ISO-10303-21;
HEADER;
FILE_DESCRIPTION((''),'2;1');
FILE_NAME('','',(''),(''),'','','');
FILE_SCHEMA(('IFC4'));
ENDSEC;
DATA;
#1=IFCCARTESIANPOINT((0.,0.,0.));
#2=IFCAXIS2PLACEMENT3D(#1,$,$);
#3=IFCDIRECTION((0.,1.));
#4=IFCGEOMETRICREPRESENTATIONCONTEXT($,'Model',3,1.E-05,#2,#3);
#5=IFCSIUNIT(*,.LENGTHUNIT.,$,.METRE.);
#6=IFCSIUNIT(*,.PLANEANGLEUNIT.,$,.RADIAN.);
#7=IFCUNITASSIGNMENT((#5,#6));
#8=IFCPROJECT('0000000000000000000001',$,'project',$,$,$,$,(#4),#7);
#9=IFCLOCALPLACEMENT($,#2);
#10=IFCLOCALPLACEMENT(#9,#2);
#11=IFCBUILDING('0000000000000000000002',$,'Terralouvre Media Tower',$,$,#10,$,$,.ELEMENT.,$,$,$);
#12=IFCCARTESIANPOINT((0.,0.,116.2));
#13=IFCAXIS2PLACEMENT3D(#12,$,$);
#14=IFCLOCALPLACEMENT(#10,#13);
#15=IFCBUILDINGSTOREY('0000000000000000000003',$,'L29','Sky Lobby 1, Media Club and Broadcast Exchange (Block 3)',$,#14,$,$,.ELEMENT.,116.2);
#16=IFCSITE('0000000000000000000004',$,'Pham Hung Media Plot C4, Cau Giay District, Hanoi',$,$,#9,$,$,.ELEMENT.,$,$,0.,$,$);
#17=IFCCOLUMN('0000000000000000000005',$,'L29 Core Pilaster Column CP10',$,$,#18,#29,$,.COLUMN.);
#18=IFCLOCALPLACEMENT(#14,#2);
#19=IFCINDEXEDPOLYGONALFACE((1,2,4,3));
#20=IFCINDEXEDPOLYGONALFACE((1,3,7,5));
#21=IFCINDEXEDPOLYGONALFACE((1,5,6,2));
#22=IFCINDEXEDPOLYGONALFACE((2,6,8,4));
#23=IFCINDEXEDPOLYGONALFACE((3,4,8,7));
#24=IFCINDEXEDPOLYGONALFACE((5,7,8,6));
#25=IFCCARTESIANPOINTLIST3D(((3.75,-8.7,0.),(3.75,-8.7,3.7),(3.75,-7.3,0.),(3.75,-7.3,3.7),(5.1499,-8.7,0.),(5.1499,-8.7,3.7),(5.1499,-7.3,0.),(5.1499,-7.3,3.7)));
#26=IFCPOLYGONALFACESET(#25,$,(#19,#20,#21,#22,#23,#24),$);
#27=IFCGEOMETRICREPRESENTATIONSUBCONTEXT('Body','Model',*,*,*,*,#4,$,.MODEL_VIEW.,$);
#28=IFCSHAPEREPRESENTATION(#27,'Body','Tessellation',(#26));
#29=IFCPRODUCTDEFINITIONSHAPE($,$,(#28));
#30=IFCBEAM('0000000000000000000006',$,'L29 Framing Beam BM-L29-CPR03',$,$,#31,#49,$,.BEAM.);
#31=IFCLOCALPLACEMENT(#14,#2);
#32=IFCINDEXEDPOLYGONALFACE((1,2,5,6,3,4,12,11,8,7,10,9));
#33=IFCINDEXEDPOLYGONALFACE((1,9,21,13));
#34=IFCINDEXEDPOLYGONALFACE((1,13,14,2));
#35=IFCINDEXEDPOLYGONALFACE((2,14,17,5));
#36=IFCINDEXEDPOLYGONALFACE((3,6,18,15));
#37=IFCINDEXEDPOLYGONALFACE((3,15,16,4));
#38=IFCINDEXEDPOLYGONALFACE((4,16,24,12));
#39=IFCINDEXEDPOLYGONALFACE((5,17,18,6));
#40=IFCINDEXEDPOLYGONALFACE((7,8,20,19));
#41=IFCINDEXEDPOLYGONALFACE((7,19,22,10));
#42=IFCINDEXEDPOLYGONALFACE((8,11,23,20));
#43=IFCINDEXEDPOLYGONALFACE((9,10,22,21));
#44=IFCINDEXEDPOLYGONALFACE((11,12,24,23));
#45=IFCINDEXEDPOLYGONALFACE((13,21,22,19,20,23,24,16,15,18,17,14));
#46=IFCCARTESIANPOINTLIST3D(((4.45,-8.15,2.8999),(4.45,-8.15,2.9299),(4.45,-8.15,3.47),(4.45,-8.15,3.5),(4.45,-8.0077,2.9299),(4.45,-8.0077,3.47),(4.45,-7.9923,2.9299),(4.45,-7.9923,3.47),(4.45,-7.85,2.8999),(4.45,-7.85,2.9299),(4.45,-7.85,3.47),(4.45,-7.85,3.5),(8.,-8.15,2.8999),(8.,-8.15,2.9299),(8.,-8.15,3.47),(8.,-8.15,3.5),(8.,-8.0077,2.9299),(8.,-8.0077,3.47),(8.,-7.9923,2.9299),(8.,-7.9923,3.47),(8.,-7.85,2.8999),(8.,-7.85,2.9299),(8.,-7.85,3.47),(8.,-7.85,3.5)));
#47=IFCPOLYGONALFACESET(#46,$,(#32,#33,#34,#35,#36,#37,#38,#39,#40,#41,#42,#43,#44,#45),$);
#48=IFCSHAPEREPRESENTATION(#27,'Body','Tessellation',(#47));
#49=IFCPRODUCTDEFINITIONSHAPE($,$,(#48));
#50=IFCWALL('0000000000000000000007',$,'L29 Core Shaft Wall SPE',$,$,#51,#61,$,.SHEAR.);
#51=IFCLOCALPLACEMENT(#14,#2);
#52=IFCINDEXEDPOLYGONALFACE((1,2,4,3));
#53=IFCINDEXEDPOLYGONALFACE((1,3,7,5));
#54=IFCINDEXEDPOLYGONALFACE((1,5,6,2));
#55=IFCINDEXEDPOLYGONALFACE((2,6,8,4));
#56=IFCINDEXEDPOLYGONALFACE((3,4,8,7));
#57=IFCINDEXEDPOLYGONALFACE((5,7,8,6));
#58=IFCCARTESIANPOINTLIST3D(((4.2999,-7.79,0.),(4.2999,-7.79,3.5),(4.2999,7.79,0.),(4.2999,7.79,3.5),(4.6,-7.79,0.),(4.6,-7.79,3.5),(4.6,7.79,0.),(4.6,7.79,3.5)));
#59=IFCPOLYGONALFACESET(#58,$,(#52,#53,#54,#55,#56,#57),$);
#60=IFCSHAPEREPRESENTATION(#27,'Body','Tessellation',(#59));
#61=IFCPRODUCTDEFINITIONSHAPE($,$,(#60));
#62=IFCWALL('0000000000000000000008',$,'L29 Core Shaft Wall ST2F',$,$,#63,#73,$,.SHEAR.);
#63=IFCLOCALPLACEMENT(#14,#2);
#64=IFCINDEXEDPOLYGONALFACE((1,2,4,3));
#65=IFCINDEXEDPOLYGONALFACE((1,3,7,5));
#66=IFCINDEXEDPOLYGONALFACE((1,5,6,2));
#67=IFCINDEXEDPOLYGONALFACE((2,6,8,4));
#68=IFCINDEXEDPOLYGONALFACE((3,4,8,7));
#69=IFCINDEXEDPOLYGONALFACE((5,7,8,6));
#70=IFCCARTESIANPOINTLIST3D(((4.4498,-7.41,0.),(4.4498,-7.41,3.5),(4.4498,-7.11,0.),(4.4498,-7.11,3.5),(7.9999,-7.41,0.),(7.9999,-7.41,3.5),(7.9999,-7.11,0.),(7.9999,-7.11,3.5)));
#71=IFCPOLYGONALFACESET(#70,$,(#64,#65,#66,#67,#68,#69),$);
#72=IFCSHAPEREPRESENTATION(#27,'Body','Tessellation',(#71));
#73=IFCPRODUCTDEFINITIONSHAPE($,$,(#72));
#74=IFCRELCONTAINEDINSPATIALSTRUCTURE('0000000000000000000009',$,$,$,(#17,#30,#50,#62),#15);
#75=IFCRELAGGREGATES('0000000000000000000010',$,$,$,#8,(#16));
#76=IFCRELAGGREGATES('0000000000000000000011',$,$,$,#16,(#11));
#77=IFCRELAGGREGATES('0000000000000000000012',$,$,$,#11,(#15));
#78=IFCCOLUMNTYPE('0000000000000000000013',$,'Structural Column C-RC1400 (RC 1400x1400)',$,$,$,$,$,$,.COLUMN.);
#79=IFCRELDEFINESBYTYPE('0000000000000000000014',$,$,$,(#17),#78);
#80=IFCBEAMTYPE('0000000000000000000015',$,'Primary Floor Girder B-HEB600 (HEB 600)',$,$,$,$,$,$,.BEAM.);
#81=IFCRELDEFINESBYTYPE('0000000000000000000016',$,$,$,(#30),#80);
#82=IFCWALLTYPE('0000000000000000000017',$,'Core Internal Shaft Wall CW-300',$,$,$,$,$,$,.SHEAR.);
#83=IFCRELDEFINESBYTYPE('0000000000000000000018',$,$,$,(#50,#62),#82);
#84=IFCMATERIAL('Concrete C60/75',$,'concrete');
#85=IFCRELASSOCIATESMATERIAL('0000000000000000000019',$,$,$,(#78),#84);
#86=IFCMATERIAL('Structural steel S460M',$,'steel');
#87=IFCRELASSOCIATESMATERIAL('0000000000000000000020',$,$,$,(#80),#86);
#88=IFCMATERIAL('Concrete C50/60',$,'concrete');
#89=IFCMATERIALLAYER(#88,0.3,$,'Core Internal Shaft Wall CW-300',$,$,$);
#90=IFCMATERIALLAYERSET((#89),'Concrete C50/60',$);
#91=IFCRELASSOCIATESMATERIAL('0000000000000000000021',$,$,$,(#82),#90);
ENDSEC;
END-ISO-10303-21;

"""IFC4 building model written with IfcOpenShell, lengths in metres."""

from ifc_helpers import new_model, si_unit, direction, frame, frame_2d, origin, origin_2d, place, context, subcontext, project, spatial, rectangle, i_section, extrude, material, layer, layer_set, material_profile, profile_set, type_object, element, save


model = new_model("IFC4")

# Units and contexts
model_context = context("Model", 3, precision=1e-05, world=origin(), true_north=direction((0.0, 1.0)))
body_context = subcontext(model_context, "Body", "Model", "MODEL_VIEW")
ifc_project = project(units=[si_unit("LENGTHUNIT", "METRE"), si_unit("PLANEANGLEUNIT", "RADIAN")], contexts=[model_context])

# Site, building, storey
site_placement = place(None, origin())
site = spatial("IfcSite", under=ifc_project, at=site_placement, Name="Pham Hung Media Plot C4, Cau Giay District, Hanoi", CompositionType="ELEMENT", RefElevation=0.0)
building_placement = place(site_placement, origin())
building = spatial("IfcBuilding", under=site, at=building_placement, Name="Terralouvre Media Tower", CompositionType="ELEMENT")
storey_placement = place(building_placement, frame((0.0, 0.0, 116.2)))
storey = spatial("IfcBuildingStorey", under=building, at=storey_placement, Name="L29", Description="Sky Lobby 1, Media Club and Broadcast Exchange (Block 3)", CompositionType="ELEMENT", Elevation=116.2)

# Column
ifc_material_1 = material(Name="Concrete C60/75", Category="concrete")
ifc_material_profile_1 = material_profile(ifc_material_1, rectangle(XDim=1.3999, YDim=1.3999, at=origin_2d()), Name="RC 1400x1400")
ifc_profile_set_1 = profile_set([ifc_material_profile_1], Name="Concrete C60/75")
column_type = type_object("IfcColumnType", Name="Structural Column C-RC1400 (RC 1400x1400)", PredefinedType="COLUMN", material=ifc_profile_set_1)
column_placement = place(storey_placement, frame((4.45, -8.0, 0.0), z_axis=(0.0, 0.0, 1.0), x_axis=(1.0, 0.0, 0.0)))
element("IfcColumn", 1, at=column_placement, inside=storey, type_object=column_type, Name="L29 Core Pilaster Column CP10", PredefinedType="COLUMN", context=body_context, shape_type="SweptSolid", body=[
    extrude(rectangle(XDim=1.3999, YDim=1.3999, at=origin_2d()), origin(), (0.0, 0.0, 1.0), 3.7),
])

# Beam
ifc_material_2 = material(Name="Structural steel S460M", Category="steel")
ifc_material_profile_2 = material_profile(ifc_material_2, i_section(OverallWidth=0.3, OverallDepth=0.6001, WebThickness=0.0154, FlangeThickness=0.03, at=origin_2d()), Name="HEB 600")
ifc_profile_set_2 = profile_set([ifc_material_profile_2], Name="Structural steel S460M")
beam_type = type_object("IfcBeamType", Name="Primary Floor Girder B-HEB600 (HEB 600)", PredefinedType="BEAM", material=ifc_profile_set_2)
beam_placement = place(storey_placement, frame((4.45, -8.0, 3.2), z_axis=(1.0, 0.0, 0.0), x_axis=(0.0, 1.0, 0.0)))
element("IfcBeam", 2, at=beam_placement, inside=storey, type_object=beam_type, Name="L29 Framing Beam BM-L29-CPR03", PredefinedType="BEAM", context=body_context, shape_type="SweptSolid", body=[
    extrude(i_section(OverallWidth=0.3, OverallDepth=0.6001, WebThickness=0.0154, FlangeThickness=0.03, at=origin_2d()), origin(), (0.0, 0.0, 1.0), 3.55),
])

# Wall
ifc_material_3 = material(Name="Concrete C50/60", Category="concrete")
ifc_layer_1 = layer(ifc_material_3, 0.3, Name="Core Internal Shaft Wall CW-300")
ifc_layer_set_1 = layer_set([ifc_layer_1], Name="Concrete C50/60")
wall_type_1 = type_object("IfcWallType", Name="Core Internal Shaft Wall CW-300", PredefinedType="SHEAR", material=ifc_layer_set_1)
wall_1_placement = place(storey_placement, frame((4.45, -7.79, 0.0), z_axis=(0.0, 0.0, 1.0), x_axis=(0.0, 1.0, 0.0)))
element("IfcWall", 3, at=wall_1_placement, inside=storey, type_object=wall_type_1, Name="L29 Core Shaft Wall SPE", PredefinedType="SHEAR", context=body_context, shape_type="SweptSolid", body=[
    extrude(rectangle(XDim=15.5801, YDim=0.3, at=frame_2d((7.79, 0.0))), origin(), (0.0, 0.0, 1.0), 3.5),
])

# Wall
wall_2_placement = place(storey_placement, frame((4.45, -7.26, 0.0), z_axis=(0.0, 0.0, 1.0), x_axis=(1.0, 0.0, 0.0)))
element("IfcWall", 4, at=wall_2_placement, inside=storey, type_object=wall_type_1, Name="L29 Core Shaft Wall ST2F", PredefinedType="SHEAR", context=body_context, shape_type="SweptSolid", body=[
    extrude(rectangle(XDim=3.55, YDim=0.3, at=frame_2d((1.7749, 0.0))), origin(), (0.0, 0.0, 1.0), 3.5),
])

save(model, "model.ifc")
